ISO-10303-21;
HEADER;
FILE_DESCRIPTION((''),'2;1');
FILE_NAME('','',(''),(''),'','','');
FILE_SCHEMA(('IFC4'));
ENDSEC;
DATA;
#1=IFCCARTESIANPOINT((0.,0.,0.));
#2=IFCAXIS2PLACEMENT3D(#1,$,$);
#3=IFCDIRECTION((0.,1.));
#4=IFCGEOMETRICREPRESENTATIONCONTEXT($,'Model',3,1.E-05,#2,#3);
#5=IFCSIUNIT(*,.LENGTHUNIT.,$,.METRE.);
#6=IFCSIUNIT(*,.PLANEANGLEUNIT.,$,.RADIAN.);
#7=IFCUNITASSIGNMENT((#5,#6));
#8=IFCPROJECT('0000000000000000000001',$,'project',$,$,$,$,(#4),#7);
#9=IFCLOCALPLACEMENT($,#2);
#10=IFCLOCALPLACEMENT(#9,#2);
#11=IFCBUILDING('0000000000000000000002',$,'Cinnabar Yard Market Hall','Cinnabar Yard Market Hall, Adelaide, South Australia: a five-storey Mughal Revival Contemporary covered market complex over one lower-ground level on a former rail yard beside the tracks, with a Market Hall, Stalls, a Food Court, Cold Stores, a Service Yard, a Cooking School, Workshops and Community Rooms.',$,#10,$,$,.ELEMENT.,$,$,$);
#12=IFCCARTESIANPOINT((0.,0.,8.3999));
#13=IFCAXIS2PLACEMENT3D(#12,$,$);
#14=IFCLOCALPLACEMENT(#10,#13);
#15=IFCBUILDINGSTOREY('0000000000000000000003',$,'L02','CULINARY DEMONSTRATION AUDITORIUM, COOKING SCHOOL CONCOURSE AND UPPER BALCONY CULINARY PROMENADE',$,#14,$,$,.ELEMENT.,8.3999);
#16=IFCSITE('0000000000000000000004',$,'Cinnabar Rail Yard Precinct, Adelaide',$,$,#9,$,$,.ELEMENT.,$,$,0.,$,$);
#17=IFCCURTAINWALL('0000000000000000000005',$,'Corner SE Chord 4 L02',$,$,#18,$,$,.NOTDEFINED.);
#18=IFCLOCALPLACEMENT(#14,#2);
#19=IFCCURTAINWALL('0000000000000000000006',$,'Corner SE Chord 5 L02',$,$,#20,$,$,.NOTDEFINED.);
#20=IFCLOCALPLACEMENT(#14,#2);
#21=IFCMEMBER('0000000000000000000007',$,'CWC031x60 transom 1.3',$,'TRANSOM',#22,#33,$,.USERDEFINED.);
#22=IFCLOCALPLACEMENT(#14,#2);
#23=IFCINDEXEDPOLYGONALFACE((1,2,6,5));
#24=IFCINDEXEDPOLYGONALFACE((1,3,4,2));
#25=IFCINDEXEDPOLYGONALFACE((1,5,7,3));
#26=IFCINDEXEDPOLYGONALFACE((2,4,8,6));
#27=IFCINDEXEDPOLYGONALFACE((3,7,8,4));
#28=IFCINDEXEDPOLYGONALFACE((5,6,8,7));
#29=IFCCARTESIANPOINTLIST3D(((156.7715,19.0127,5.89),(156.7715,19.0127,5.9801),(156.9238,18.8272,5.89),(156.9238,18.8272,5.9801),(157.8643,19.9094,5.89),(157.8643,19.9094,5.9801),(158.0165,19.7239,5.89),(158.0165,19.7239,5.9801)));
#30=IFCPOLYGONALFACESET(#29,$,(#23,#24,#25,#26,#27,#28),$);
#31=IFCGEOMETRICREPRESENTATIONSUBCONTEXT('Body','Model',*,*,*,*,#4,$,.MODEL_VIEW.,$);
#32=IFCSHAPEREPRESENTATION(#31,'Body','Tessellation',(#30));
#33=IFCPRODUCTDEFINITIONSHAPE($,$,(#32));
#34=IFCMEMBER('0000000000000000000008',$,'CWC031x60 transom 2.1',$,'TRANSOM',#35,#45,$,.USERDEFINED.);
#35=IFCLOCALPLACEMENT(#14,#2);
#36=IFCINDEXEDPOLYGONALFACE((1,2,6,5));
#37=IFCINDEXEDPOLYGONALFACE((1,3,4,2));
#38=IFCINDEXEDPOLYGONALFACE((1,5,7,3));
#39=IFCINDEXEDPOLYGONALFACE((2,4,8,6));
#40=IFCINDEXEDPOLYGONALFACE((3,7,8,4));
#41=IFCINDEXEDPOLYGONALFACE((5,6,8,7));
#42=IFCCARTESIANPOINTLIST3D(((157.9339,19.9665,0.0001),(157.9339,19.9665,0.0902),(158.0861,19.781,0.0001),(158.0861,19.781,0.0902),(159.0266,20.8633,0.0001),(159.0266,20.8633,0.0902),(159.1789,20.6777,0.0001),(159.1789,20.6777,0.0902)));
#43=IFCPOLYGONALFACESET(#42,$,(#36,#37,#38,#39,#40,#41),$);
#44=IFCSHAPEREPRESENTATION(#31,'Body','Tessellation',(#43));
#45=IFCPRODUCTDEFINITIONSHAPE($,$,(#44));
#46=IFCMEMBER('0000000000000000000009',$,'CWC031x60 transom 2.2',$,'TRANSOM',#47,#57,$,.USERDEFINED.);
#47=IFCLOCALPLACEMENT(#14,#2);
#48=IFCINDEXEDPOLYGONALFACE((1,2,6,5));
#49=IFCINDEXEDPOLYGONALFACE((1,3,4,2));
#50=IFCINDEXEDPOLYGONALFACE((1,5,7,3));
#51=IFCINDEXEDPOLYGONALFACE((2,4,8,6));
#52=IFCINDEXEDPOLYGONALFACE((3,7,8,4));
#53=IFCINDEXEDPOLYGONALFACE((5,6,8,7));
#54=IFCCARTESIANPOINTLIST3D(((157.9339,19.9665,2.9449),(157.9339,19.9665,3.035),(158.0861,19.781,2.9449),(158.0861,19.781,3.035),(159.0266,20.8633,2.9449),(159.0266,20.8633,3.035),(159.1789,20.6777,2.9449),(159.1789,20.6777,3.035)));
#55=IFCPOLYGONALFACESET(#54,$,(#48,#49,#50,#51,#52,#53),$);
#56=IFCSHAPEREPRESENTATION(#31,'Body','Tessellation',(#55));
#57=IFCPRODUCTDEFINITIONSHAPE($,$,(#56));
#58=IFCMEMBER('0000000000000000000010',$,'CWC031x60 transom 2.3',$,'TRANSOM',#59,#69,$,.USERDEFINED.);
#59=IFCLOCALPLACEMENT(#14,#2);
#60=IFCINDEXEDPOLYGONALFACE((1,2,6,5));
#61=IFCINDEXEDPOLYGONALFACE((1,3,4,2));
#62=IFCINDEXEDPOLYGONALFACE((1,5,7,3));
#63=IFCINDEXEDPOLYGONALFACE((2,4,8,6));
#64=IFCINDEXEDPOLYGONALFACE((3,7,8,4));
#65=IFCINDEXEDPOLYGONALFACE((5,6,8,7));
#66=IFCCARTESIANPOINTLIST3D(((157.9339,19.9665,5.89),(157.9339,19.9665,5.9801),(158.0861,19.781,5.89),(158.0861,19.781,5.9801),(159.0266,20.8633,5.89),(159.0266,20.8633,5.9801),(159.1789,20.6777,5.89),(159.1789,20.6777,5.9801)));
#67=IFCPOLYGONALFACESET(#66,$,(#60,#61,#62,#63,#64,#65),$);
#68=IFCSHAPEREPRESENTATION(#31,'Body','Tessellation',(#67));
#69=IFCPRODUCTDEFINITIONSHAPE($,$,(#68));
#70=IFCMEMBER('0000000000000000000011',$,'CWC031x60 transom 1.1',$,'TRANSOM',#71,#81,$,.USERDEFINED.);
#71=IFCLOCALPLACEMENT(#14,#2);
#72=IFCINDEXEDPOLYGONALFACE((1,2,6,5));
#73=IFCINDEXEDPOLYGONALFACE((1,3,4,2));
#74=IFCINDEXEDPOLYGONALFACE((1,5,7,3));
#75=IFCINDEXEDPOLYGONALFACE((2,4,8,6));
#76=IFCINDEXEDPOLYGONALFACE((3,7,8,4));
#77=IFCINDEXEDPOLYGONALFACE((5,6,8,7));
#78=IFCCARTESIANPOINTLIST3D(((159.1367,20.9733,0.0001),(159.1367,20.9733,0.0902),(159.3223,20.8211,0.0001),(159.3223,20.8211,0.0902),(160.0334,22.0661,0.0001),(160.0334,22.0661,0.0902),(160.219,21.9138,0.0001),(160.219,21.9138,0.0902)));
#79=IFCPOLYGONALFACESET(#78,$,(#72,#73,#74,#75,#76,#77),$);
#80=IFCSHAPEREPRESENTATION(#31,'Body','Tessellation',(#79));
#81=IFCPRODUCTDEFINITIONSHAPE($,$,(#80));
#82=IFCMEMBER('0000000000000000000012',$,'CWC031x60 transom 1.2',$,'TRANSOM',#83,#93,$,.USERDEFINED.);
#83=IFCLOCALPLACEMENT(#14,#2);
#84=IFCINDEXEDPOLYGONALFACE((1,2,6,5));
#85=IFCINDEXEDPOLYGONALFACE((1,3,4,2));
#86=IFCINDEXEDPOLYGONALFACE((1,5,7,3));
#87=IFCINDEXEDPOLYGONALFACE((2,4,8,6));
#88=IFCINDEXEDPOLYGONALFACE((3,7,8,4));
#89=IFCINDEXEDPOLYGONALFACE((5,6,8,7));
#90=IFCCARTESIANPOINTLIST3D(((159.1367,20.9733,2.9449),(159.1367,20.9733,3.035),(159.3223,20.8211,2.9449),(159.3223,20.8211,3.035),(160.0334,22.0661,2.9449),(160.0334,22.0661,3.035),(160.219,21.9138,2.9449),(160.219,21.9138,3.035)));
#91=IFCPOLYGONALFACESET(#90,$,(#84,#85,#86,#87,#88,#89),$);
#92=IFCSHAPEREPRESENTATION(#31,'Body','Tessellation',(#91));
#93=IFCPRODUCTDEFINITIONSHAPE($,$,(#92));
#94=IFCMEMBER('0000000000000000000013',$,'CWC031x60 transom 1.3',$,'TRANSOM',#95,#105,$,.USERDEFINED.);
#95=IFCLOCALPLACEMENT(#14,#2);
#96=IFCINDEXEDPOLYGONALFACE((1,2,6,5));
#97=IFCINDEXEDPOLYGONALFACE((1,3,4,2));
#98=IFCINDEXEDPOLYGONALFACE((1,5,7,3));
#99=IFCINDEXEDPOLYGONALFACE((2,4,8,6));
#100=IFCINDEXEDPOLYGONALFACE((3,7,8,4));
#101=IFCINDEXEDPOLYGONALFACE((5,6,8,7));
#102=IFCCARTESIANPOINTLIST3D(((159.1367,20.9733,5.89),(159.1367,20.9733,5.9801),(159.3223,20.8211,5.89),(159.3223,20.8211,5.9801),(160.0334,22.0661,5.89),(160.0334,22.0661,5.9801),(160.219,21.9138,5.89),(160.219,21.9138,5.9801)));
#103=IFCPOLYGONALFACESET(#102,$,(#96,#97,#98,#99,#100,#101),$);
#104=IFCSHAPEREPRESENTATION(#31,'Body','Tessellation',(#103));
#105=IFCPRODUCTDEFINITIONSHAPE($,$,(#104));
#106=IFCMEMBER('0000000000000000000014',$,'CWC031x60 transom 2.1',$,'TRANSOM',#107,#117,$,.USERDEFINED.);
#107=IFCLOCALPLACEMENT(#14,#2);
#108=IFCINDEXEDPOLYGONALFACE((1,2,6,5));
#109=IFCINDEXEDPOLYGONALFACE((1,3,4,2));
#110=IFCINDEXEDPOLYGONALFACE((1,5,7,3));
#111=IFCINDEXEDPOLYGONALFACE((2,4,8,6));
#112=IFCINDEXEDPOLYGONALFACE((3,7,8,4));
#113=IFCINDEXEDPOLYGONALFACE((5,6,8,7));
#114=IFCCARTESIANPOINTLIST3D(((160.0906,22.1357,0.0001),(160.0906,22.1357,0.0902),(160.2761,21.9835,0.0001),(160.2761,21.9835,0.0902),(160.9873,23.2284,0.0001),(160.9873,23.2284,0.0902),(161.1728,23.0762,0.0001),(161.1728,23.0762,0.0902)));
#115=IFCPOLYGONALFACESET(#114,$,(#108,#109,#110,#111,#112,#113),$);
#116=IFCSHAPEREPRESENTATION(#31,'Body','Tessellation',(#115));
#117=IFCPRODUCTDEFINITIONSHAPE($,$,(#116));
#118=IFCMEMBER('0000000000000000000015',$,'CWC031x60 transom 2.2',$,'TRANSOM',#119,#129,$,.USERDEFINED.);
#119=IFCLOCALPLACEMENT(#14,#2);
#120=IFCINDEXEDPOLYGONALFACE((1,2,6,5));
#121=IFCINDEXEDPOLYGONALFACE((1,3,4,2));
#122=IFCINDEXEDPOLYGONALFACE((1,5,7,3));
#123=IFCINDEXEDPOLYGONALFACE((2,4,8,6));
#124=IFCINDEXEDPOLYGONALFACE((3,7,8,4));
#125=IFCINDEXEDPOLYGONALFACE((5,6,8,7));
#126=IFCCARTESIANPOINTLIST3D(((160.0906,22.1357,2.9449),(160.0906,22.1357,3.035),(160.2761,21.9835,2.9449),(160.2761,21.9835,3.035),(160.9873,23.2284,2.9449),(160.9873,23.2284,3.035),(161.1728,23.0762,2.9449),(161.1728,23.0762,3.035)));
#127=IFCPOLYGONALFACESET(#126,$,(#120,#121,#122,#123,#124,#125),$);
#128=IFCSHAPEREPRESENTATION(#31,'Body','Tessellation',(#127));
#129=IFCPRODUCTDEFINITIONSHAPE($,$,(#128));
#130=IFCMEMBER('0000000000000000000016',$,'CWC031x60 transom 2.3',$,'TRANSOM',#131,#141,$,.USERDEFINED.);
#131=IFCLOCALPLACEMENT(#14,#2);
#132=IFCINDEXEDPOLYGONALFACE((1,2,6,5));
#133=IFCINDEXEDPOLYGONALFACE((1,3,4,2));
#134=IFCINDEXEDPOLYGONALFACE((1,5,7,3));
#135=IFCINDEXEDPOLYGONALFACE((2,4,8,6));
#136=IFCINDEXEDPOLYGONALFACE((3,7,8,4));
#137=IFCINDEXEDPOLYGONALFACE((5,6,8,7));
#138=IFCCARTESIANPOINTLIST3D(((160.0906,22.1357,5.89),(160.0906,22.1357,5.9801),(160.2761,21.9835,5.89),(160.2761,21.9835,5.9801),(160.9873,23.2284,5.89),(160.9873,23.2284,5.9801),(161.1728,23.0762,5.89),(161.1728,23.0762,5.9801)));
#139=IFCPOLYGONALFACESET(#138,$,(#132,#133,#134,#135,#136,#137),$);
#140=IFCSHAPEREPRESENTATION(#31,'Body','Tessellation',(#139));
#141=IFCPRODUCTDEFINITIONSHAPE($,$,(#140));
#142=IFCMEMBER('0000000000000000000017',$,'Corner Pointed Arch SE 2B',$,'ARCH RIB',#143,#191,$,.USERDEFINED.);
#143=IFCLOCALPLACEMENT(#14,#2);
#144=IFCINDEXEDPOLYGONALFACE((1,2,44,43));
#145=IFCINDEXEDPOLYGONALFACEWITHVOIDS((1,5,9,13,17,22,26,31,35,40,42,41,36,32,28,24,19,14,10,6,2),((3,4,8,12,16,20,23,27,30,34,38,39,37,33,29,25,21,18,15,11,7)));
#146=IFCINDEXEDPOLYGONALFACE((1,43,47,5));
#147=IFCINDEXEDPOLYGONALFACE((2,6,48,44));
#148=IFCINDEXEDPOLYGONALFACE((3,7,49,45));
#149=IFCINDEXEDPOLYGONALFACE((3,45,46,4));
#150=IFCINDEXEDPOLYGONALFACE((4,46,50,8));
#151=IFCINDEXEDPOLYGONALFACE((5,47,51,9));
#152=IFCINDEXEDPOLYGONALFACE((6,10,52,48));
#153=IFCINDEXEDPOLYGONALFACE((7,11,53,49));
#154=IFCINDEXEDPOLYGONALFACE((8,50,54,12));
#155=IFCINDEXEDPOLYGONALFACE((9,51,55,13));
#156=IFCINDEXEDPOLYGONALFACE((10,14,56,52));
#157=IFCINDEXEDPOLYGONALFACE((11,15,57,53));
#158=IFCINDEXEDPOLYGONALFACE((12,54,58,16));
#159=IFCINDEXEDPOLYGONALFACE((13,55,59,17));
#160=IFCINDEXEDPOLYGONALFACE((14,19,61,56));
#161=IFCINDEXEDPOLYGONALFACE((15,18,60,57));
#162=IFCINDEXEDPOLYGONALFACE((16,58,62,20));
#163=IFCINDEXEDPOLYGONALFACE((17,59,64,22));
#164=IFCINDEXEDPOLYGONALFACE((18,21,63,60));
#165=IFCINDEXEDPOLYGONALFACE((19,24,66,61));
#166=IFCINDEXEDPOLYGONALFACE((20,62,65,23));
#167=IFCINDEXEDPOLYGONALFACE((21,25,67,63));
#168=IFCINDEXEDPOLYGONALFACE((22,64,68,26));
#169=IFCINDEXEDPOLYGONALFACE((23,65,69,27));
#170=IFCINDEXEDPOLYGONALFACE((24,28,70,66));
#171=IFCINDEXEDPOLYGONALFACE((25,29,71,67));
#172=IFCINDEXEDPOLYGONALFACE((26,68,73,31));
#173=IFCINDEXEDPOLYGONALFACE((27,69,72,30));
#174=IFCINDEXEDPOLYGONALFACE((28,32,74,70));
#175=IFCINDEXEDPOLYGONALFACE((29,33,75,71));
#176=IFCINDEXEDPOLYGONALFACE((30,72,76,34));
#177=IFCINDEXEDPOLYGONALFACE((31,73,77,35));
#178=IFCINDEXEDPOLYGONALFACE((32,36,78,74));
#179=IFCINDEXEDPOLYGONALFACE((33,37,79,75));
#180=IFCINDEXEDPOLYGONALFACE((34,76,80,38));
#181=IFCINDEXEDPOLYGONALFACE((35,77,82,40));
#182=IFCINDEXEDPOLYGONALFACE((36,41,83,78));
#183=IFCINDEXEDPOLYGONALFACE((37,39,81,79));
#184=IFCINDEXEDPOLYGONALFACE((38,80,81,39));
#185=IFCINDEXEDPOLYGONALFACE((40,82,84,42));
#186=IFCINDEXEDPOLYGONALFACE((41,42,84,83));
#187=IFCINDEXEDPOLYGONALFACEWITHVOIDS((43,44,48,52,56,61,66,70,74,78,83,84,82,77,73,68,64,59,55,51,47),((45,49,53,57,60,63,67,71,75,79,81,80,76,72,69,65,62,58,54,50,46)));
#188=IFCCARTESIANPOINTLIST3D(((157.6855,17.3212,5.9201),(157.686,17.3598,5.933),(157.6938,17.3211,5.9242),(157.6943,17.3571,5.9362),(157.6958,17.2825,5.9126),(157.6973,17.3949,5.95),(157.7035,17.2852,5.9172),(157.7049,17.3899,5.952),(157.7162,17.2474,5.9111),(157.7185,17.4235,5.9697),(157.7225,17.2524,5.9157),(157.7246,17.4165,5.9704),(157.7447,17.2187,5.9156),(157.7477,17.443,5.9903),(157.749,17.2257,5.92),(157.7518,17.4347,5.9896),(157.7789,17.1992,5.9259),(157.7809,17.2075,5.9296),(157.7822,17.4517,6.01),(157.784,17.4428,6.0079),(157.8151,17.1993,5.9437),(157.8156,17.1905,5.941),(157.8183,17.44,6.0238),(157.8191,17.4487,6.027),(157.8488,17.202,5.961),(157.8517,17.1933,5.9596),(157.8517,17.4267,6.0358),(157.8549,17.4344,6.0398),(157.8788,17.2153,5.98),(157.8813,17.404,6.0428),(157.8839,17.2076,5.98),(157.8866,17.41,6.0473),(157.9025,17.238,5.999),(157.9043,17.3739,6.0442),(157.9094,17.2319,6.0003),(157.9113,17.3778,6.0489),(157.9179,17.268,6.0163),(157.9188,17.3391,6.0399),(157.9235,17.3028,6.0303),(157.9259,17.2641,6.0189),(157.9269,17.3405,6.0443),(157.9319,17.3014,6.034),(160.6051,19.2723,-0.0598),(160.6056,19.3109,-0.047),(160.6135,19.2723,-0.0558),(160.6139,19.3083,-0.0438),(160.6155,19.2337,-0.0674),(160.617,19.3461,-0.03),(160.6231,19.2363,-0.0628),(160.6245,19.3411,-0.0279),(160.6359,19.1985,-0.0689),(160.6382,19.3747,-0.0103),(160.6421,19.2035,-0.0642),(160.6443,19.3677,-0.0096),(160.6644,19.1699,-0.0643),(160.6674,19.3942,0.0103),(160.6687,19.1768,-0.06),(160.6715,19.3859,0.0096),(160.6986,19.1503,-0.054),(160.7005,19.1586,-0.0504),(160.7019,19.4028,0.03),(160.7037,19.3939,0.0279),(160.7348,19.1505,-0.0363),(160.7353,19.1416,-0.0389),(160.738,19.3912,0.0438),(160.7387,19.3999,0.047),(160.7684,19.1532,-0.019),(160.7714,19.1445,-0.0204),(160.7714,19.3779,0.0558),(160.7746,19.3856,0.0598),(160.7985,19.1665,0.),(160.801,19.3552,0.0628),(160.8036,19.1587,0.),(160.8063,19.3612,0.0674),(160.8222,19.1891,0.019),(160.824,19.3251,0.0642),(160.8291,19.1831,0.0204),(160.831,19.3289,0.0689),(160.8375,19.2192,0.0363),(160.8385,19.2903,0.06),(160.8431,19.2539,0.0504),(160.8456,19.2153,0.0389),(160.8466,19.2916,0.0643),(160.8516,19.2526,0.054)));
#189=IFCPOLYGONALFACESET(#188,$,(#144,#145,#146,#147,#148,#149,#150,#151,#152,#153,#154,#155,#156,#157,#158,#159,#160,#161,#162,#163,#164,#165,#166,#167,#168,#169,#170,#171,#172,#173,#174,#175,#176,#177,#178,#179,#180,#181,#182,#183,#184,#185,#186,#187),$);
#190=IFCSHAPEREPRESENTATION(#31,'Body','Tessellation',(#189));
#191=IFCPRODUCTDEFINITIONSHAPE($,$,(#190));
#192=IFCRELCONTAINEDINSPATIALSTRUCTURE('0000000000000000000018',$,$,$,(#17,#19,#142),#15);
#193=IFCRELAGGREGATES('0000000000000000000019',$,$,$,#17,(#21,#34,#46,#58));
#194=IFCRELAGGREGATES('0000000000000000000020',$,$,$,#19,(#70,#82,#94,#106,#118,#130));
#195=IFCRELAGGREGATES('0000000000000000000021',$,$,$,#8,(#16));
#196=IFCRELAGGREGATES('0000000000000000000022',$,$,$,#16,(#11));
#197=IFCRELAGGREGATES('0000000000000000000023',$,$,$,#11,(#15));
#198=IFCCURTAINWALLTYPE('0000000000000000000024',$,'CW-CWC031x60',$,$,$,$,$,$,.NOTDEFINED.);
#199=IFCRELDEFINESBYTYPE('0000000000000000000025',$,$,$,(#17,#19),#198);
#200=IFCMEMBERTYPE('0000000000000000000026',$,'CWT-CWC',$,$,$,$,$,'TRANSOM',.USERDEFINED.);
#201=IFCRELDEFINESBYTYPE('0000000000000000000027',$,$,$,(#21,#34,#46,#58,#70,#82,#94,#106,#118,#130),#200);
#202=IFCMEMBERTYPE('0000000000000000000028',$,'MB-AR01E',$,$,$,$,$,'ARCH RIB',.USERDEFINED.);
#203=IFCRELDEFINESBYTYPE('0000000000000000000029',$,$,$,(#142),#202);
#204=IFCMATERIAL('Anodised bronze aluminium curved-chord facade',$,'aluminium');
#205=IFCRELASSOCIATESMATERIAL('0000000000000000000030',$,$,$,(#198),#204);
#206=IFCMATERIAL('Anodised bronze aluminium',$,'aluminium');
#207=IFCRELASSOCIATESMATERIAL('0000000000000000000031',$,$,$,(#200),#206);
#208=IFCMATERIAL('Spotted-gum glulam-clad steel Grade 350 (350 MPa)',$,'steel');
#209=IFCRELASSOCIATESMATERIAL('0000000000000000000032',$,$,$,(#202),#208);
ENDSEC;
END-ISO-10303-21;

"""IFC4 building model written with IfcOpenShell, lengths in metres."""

from ifc_helpers import new_model, si_unit, direction, frame, origin, origin_2d_with_axis, place, context, subcontext, project, spatial, rectangle, hollow_circle, extrude, material, material_profile, profile_set, type_object, element, aggregate, save


model = new_model("IFC4")

# Units and contexts
model_context = context("Model", 3, precision=1e-05, world=origin(), true_north=direction((0.0, 1.0)))
body_context = subcontext(model_context, "Body", "Model", "MODEL_VIEW")
ifc_project = project(units=[si_unit("LENGTHUNIT", "METRE"), si_unit("PLANEANGLEUNIT", "RADIAN")], contexts=[model_context])

# Site, building, storey
site_placement = place(None, origin())
site = spatial("IfcSite", under=ifc_project, at=site_placement, Name="Cinnabar Rail Yard Precinct, Adelaide", CompositionType="ELEMENT", RefElevation=0.0)
building_placement = place(site_placement, origin())
building = spatial("IfcBuilding", under=site, at=building_placement, Name="Cinnabar Yard Market Hall", Description="Cinnabar Yard Market Hall, Adelaide, South Australia: a five-storey Mughal Revival Contemporary covered market complex over one lower-ground level on a former rail yard beside the tracks, with a Market Hall, Stalls, a Food Court, Cold Stores, a Service Yard, a Cooking School, Workshops and Community Rooms.", CompositionType="ELEMENT")
storey_placement = place(building_placement, frame((0.0, 0.0, 8.3999)))
storey = spatial("IfcBuildingStorey", under=building, at=storey_placement, Name="L02", Description="CULINARY DEMONSTRATION AUDITORIUM, COOKING SCHOOL CONCOURSE AND UPPER BALCONY CULINARY PROMENADE", CompositionType="ELEMENT", Elevation=8.3999)

# Shared definitions
ifc_material_1 = material(Name="Spotted-gum glulam-clad steel Grade 350 (350 MPa)", Category="steel")

# Shared definitions
ifc_material_2 = material(Name="Anodised bronze aluminium curved-chord facade", Category="aluminium")
curtain_wall_type = type_object("IfcCurtainWallType", Name="CW-CWC031x60", PredefinedType="NOTDEFINED", material=ifc_material_2)
ifc_material_3 = material(Name="Anodised bronze aluminium", Category="aluminium")

# Curtain walls
curtain_wall_1_placement = place(storey_placement, origin())
curtain_wall_1 = element("IfcCurtainWall", 1, at=curtain_wall_1_placement, inside=storey, type_object=curtain_wall_type, Name="Corner SE Chord 4 L02", PredefinedType="NOTDEFINED")
curtain_wall_2_placement = place(storey_placement, origin())
curtain_wall_2 = element("IfcCurtainWall", 2, at=curtain_wall_2_placement, inside=storey, type_object=curtain_wall_type, Name="Corner SE Chord 5 L02", PredefinedType="NOTDEFINED")

# Members
ifc_material_profile_1 = material_profile(ifc_material_3, rectangle(XDim=0.24, YDim=0.0901, at=origin_2d_with_axis()), Name="TRN-CWC")
ifc_profile_set_1 = profile_set([ifc_material_profile_1], Name="Anodised bronze aluminium")
member_type_1 = type_object("IfcMemberType", Name="CWT-CWC", ElementType="TRANSOM", PredefinedType="USERDEFINED", material=ifc_profile_set_1)
member_1_placement = place(storey_placement, frame((156.8477, 18.9199, 5.9351), z_axis=(0.773041, 0.634356, 0.0), x_axis=(-0.634356, 0.773041, 0.0)))
member_1 = element("IfcMember", 3, at=member_1_placement, type_object=member_type_1, Name="CWC031x60 transom 1.3", ObjectType="TRANSOM", PredefinedType="USERDEFINED", context=body_context, shape_type="SweptSolid", body=[
    extrude(rectangle(XDim=0.24, YDim=0.0901, at=origin_2d_with_axis()), origin(), (0.0, 0.0, 1.0), 1.4136),
])
member_2_placement = place(storey_placement, frame((158.01, 19.8738, 0.0452), z_axis=(0.773041, 0.634356, 0.0), x_axis=(-0.634356, 0.773041, 0.0)))
member_2 = element("IfcMember", 4, at=member_2_placement, type_object=member_type_1, Name="CWC031x60 transom 2.1", ObjectType="TRANSOM", PredefinedType="USERDEFINED", context=body_context, shape_type="SweptSolid", body=[
    extrude(rectangle(XDim=0.24, YDim=0.0901, at=origin_2d_with_axis()), origin(), (0.0, 0.0, 1.0), 1.4136),
])
member_3_placement = place(storey_placement, frame((158.01, 19.8738, 2.99), z_axis=(0.773041, 0.634356, 0.0), x_axis=(-0.634356, 0.773041, 0.0)))
member_3 = element("IfcMember", 5, at=member_3_placement, type_object=member_type_1, Name="CWC031x60 transom 2.2", ObjectType="TRANSOM", PredefinedType="USERDEFINED", context=body_context, shape_type="SweptSolid", body=[
    extrude(rectangle(XDim=0.24, YDim=0.0901, at=origin_2d_with_axis()), origin(), (0.0, 0.0, 1.0), 1.4136),
])
member_4_placement = place(storey_placement, frame((158.01, 19.8738, 5.9351), z_axis=(0.773041, 0.634356, 0.0), x_axis=(-0.634356, 0.773041, 0.0)))
member_4 = element("IfcMember", 6, at=member_4_placement, type_object=member_type_1, Name="CWC031x60 transom 2.3", ObjectType="TRANSOM", PredefinedType="USERDEFINED", context=body_context, shape_type="SweptSolid", body=[
    extrude(rectangle(XDim=0.24, YDim=0.0901, at=origin_2d_with_axis()), origin(), (0.0, 0.0, 1.0), 1.4136),
])
member_5_placement = place(storey_placement, frame((159.2295, 20.8972, 0.0452), z_axis=(0.634356, 0.773041, 0.0), x_axis=(-0.773041, 0.634356, 0.0)))
member_5 = element("IfcMember", 7, at=member_5_placement, type_object=member_type_1, Name="CWC031x60 transom 1.1", ObjectType="TRANSOM", PredefinedType="USERDEFINED", context=body_context, shape_type="SweptSolid", body=[
    extrude(rectangle(XDim=0.24, YDim=0.0901, at=origin_2d_with_axis()), origin(), (0.0, 0.0, 1.0), 1.4136),
])
member_6_placement = place(storey_placement, frame((159.2295, 20.8972, 2.99), z_axis=(0.634356, 0.773041, 0.0), x_axis=(-0.773041, 0.634356, 0.0)))
member_6 = element("IfcMember", 8, at=member_6_placement, type_object=member_type_1, Name="CWC031x60 transom 1.2", ObjectType="TRANSOM", PredefinedType="USERDEFINED", context=body_context, shape_type="SweptSolid", body=[
    extrude(rectangle(XDim=0.24, YDim=0.0901, at=origin_2d_with_axis()), origin(), (0.0, 0.0, 1.0), 1.4136),
])
member_7_placement = place(storey_placement, frame((159.2295, 20.8972, 5.9351), z_axis=(0.634356, 0.773041, 0.0), x_axis=(-0.773041, 0.634356, 0.0)))
member_7 = element("IfcMember", 9, at=member_7_placement, type_object=member_type_1, Name="CWC031x60 transom 1.3", ObjectType="TRANSOM", PredefinedType="USERDEFINED", context=body_context, shape_type="SweptSolid", body=[
    extrude(rectangle(XDim=0.24, YDim=0.0901, at=origin_2d_with_axis()), origin(), (0.0, 0.0, 1.0), 1.4136),
])
member_8_placement = place(storey_placement, frame((160.1833, 22.0596, 0.0452), z_axis=(0.634356, 0.773041, 0.0), x_axis=(-0.773041, 0.634356, 0.0)))
member_8 = element("IfcMember", 10, at=member_8_placement, type_object=member_type_1, Name="CWC031x60 transom 2.1", ObjectType="TRANSOM", PredefinedType="USERDEFINED", context=body_context, shape_type="SweptSolid", body=[
    extrude(rectangle(XDim=0.24, YDim=0.0901, at=origin_2d_with_axis()), origin(), (0.0, 0.0, 1.0), 1.4136),
])
member_9_placement = place(storey_placement, frame((160.1833, 22.0596, 2.99), z_axis=(0.634356, 0.773041, 0.0), x_axis=(-0.773041, 0.634356, 0.0)))
member_9 = element("IfcMember", 11, at=member_9_placement, type_object=member_type_1, Name="CWC031x60 transom 2.2", ObjectType="TRANSOM", PredefinedType="USERDEFINED", context=body_context, shape_type="SweptSolid", body=[
    extrude(rectangle(XDim=0.24, YDim=0.0901, at=origin_2d_with_axis()), origin(), (0.0, 0.0, 1.0), 1.4136),
])
member_10_placement = place(storey_placement, frame((160.1833, 22.0596, 5.9351), z_axis=(0.634356, 0.773041, 0.0), x_axis=(-0.773041, 0.634356, 0.0)))
member_10 = element("IfcMember", 12, at=member_10_placement, type_object=member_type_1, Name="CWC031x60 transom 2.3", ObjectType="TRANSOM", PredefinedType="USERDEFINED", context=body_context, shape_type="SweptSolid", body=[
    extrude(rectangle(XDim=0.24, YDim=0.0901, at=origin_2d_with_axis()), origin(), (0.0, 0.0, 1.0), 1.4136),
])

# Member
ifc_material_profile_2 = material_profile(ifc_material_1, hollow_circle(Radius=0.1365, WallThickness=0.0093, at=origin_2d_with_axis()), Name="273.1x9.3CHS")
ifc_profile_set_2 = profile_set([ifc_material_profile_2], Name="Spotted-gum glulam-clad steel Grade 350 (350 MPa)")
member_type_2 = type_object("IfcMemberType", Name="MB-AR01E", ElementType="ARCH RIB", PredefinedType="USERDEFINED", material=ifc_profile_set_2)
for number, where, z_axis, x_axis, name in (
    (13, (160.7278, 19.2722, 0.0), (-0.421017, -0.281359, 0.862312), (0.55563, -0.831429, 0.0), "Corner Pointed Arch SE 2B"),
):
    element("IfcMember", number, at=place(storey_placement, frame(where, z_axis=z_axis, x_axis=x_axis)), inside=storey, type_object=member_type_2, Name=name, ObjectType="ARCH RIB", PredefinedType="USERDEFINED", context=body_context, shape_type="SweptSolid", body=[
        extrude(hollow_circle(Radius=0.1365, WallThickness=0.0093, at=origin_2d_with_axis()), origin(), (0.0, 0.0, 1.0), 6.9348),
    ])

aggregate(curtain_wall_1, [member_1, member_2, member_3, member_4])
aggregate(curtain_wall_2, [member_5, member_6, member_7, member_8, member_9, member_10])

save(model, "model.ifc")
